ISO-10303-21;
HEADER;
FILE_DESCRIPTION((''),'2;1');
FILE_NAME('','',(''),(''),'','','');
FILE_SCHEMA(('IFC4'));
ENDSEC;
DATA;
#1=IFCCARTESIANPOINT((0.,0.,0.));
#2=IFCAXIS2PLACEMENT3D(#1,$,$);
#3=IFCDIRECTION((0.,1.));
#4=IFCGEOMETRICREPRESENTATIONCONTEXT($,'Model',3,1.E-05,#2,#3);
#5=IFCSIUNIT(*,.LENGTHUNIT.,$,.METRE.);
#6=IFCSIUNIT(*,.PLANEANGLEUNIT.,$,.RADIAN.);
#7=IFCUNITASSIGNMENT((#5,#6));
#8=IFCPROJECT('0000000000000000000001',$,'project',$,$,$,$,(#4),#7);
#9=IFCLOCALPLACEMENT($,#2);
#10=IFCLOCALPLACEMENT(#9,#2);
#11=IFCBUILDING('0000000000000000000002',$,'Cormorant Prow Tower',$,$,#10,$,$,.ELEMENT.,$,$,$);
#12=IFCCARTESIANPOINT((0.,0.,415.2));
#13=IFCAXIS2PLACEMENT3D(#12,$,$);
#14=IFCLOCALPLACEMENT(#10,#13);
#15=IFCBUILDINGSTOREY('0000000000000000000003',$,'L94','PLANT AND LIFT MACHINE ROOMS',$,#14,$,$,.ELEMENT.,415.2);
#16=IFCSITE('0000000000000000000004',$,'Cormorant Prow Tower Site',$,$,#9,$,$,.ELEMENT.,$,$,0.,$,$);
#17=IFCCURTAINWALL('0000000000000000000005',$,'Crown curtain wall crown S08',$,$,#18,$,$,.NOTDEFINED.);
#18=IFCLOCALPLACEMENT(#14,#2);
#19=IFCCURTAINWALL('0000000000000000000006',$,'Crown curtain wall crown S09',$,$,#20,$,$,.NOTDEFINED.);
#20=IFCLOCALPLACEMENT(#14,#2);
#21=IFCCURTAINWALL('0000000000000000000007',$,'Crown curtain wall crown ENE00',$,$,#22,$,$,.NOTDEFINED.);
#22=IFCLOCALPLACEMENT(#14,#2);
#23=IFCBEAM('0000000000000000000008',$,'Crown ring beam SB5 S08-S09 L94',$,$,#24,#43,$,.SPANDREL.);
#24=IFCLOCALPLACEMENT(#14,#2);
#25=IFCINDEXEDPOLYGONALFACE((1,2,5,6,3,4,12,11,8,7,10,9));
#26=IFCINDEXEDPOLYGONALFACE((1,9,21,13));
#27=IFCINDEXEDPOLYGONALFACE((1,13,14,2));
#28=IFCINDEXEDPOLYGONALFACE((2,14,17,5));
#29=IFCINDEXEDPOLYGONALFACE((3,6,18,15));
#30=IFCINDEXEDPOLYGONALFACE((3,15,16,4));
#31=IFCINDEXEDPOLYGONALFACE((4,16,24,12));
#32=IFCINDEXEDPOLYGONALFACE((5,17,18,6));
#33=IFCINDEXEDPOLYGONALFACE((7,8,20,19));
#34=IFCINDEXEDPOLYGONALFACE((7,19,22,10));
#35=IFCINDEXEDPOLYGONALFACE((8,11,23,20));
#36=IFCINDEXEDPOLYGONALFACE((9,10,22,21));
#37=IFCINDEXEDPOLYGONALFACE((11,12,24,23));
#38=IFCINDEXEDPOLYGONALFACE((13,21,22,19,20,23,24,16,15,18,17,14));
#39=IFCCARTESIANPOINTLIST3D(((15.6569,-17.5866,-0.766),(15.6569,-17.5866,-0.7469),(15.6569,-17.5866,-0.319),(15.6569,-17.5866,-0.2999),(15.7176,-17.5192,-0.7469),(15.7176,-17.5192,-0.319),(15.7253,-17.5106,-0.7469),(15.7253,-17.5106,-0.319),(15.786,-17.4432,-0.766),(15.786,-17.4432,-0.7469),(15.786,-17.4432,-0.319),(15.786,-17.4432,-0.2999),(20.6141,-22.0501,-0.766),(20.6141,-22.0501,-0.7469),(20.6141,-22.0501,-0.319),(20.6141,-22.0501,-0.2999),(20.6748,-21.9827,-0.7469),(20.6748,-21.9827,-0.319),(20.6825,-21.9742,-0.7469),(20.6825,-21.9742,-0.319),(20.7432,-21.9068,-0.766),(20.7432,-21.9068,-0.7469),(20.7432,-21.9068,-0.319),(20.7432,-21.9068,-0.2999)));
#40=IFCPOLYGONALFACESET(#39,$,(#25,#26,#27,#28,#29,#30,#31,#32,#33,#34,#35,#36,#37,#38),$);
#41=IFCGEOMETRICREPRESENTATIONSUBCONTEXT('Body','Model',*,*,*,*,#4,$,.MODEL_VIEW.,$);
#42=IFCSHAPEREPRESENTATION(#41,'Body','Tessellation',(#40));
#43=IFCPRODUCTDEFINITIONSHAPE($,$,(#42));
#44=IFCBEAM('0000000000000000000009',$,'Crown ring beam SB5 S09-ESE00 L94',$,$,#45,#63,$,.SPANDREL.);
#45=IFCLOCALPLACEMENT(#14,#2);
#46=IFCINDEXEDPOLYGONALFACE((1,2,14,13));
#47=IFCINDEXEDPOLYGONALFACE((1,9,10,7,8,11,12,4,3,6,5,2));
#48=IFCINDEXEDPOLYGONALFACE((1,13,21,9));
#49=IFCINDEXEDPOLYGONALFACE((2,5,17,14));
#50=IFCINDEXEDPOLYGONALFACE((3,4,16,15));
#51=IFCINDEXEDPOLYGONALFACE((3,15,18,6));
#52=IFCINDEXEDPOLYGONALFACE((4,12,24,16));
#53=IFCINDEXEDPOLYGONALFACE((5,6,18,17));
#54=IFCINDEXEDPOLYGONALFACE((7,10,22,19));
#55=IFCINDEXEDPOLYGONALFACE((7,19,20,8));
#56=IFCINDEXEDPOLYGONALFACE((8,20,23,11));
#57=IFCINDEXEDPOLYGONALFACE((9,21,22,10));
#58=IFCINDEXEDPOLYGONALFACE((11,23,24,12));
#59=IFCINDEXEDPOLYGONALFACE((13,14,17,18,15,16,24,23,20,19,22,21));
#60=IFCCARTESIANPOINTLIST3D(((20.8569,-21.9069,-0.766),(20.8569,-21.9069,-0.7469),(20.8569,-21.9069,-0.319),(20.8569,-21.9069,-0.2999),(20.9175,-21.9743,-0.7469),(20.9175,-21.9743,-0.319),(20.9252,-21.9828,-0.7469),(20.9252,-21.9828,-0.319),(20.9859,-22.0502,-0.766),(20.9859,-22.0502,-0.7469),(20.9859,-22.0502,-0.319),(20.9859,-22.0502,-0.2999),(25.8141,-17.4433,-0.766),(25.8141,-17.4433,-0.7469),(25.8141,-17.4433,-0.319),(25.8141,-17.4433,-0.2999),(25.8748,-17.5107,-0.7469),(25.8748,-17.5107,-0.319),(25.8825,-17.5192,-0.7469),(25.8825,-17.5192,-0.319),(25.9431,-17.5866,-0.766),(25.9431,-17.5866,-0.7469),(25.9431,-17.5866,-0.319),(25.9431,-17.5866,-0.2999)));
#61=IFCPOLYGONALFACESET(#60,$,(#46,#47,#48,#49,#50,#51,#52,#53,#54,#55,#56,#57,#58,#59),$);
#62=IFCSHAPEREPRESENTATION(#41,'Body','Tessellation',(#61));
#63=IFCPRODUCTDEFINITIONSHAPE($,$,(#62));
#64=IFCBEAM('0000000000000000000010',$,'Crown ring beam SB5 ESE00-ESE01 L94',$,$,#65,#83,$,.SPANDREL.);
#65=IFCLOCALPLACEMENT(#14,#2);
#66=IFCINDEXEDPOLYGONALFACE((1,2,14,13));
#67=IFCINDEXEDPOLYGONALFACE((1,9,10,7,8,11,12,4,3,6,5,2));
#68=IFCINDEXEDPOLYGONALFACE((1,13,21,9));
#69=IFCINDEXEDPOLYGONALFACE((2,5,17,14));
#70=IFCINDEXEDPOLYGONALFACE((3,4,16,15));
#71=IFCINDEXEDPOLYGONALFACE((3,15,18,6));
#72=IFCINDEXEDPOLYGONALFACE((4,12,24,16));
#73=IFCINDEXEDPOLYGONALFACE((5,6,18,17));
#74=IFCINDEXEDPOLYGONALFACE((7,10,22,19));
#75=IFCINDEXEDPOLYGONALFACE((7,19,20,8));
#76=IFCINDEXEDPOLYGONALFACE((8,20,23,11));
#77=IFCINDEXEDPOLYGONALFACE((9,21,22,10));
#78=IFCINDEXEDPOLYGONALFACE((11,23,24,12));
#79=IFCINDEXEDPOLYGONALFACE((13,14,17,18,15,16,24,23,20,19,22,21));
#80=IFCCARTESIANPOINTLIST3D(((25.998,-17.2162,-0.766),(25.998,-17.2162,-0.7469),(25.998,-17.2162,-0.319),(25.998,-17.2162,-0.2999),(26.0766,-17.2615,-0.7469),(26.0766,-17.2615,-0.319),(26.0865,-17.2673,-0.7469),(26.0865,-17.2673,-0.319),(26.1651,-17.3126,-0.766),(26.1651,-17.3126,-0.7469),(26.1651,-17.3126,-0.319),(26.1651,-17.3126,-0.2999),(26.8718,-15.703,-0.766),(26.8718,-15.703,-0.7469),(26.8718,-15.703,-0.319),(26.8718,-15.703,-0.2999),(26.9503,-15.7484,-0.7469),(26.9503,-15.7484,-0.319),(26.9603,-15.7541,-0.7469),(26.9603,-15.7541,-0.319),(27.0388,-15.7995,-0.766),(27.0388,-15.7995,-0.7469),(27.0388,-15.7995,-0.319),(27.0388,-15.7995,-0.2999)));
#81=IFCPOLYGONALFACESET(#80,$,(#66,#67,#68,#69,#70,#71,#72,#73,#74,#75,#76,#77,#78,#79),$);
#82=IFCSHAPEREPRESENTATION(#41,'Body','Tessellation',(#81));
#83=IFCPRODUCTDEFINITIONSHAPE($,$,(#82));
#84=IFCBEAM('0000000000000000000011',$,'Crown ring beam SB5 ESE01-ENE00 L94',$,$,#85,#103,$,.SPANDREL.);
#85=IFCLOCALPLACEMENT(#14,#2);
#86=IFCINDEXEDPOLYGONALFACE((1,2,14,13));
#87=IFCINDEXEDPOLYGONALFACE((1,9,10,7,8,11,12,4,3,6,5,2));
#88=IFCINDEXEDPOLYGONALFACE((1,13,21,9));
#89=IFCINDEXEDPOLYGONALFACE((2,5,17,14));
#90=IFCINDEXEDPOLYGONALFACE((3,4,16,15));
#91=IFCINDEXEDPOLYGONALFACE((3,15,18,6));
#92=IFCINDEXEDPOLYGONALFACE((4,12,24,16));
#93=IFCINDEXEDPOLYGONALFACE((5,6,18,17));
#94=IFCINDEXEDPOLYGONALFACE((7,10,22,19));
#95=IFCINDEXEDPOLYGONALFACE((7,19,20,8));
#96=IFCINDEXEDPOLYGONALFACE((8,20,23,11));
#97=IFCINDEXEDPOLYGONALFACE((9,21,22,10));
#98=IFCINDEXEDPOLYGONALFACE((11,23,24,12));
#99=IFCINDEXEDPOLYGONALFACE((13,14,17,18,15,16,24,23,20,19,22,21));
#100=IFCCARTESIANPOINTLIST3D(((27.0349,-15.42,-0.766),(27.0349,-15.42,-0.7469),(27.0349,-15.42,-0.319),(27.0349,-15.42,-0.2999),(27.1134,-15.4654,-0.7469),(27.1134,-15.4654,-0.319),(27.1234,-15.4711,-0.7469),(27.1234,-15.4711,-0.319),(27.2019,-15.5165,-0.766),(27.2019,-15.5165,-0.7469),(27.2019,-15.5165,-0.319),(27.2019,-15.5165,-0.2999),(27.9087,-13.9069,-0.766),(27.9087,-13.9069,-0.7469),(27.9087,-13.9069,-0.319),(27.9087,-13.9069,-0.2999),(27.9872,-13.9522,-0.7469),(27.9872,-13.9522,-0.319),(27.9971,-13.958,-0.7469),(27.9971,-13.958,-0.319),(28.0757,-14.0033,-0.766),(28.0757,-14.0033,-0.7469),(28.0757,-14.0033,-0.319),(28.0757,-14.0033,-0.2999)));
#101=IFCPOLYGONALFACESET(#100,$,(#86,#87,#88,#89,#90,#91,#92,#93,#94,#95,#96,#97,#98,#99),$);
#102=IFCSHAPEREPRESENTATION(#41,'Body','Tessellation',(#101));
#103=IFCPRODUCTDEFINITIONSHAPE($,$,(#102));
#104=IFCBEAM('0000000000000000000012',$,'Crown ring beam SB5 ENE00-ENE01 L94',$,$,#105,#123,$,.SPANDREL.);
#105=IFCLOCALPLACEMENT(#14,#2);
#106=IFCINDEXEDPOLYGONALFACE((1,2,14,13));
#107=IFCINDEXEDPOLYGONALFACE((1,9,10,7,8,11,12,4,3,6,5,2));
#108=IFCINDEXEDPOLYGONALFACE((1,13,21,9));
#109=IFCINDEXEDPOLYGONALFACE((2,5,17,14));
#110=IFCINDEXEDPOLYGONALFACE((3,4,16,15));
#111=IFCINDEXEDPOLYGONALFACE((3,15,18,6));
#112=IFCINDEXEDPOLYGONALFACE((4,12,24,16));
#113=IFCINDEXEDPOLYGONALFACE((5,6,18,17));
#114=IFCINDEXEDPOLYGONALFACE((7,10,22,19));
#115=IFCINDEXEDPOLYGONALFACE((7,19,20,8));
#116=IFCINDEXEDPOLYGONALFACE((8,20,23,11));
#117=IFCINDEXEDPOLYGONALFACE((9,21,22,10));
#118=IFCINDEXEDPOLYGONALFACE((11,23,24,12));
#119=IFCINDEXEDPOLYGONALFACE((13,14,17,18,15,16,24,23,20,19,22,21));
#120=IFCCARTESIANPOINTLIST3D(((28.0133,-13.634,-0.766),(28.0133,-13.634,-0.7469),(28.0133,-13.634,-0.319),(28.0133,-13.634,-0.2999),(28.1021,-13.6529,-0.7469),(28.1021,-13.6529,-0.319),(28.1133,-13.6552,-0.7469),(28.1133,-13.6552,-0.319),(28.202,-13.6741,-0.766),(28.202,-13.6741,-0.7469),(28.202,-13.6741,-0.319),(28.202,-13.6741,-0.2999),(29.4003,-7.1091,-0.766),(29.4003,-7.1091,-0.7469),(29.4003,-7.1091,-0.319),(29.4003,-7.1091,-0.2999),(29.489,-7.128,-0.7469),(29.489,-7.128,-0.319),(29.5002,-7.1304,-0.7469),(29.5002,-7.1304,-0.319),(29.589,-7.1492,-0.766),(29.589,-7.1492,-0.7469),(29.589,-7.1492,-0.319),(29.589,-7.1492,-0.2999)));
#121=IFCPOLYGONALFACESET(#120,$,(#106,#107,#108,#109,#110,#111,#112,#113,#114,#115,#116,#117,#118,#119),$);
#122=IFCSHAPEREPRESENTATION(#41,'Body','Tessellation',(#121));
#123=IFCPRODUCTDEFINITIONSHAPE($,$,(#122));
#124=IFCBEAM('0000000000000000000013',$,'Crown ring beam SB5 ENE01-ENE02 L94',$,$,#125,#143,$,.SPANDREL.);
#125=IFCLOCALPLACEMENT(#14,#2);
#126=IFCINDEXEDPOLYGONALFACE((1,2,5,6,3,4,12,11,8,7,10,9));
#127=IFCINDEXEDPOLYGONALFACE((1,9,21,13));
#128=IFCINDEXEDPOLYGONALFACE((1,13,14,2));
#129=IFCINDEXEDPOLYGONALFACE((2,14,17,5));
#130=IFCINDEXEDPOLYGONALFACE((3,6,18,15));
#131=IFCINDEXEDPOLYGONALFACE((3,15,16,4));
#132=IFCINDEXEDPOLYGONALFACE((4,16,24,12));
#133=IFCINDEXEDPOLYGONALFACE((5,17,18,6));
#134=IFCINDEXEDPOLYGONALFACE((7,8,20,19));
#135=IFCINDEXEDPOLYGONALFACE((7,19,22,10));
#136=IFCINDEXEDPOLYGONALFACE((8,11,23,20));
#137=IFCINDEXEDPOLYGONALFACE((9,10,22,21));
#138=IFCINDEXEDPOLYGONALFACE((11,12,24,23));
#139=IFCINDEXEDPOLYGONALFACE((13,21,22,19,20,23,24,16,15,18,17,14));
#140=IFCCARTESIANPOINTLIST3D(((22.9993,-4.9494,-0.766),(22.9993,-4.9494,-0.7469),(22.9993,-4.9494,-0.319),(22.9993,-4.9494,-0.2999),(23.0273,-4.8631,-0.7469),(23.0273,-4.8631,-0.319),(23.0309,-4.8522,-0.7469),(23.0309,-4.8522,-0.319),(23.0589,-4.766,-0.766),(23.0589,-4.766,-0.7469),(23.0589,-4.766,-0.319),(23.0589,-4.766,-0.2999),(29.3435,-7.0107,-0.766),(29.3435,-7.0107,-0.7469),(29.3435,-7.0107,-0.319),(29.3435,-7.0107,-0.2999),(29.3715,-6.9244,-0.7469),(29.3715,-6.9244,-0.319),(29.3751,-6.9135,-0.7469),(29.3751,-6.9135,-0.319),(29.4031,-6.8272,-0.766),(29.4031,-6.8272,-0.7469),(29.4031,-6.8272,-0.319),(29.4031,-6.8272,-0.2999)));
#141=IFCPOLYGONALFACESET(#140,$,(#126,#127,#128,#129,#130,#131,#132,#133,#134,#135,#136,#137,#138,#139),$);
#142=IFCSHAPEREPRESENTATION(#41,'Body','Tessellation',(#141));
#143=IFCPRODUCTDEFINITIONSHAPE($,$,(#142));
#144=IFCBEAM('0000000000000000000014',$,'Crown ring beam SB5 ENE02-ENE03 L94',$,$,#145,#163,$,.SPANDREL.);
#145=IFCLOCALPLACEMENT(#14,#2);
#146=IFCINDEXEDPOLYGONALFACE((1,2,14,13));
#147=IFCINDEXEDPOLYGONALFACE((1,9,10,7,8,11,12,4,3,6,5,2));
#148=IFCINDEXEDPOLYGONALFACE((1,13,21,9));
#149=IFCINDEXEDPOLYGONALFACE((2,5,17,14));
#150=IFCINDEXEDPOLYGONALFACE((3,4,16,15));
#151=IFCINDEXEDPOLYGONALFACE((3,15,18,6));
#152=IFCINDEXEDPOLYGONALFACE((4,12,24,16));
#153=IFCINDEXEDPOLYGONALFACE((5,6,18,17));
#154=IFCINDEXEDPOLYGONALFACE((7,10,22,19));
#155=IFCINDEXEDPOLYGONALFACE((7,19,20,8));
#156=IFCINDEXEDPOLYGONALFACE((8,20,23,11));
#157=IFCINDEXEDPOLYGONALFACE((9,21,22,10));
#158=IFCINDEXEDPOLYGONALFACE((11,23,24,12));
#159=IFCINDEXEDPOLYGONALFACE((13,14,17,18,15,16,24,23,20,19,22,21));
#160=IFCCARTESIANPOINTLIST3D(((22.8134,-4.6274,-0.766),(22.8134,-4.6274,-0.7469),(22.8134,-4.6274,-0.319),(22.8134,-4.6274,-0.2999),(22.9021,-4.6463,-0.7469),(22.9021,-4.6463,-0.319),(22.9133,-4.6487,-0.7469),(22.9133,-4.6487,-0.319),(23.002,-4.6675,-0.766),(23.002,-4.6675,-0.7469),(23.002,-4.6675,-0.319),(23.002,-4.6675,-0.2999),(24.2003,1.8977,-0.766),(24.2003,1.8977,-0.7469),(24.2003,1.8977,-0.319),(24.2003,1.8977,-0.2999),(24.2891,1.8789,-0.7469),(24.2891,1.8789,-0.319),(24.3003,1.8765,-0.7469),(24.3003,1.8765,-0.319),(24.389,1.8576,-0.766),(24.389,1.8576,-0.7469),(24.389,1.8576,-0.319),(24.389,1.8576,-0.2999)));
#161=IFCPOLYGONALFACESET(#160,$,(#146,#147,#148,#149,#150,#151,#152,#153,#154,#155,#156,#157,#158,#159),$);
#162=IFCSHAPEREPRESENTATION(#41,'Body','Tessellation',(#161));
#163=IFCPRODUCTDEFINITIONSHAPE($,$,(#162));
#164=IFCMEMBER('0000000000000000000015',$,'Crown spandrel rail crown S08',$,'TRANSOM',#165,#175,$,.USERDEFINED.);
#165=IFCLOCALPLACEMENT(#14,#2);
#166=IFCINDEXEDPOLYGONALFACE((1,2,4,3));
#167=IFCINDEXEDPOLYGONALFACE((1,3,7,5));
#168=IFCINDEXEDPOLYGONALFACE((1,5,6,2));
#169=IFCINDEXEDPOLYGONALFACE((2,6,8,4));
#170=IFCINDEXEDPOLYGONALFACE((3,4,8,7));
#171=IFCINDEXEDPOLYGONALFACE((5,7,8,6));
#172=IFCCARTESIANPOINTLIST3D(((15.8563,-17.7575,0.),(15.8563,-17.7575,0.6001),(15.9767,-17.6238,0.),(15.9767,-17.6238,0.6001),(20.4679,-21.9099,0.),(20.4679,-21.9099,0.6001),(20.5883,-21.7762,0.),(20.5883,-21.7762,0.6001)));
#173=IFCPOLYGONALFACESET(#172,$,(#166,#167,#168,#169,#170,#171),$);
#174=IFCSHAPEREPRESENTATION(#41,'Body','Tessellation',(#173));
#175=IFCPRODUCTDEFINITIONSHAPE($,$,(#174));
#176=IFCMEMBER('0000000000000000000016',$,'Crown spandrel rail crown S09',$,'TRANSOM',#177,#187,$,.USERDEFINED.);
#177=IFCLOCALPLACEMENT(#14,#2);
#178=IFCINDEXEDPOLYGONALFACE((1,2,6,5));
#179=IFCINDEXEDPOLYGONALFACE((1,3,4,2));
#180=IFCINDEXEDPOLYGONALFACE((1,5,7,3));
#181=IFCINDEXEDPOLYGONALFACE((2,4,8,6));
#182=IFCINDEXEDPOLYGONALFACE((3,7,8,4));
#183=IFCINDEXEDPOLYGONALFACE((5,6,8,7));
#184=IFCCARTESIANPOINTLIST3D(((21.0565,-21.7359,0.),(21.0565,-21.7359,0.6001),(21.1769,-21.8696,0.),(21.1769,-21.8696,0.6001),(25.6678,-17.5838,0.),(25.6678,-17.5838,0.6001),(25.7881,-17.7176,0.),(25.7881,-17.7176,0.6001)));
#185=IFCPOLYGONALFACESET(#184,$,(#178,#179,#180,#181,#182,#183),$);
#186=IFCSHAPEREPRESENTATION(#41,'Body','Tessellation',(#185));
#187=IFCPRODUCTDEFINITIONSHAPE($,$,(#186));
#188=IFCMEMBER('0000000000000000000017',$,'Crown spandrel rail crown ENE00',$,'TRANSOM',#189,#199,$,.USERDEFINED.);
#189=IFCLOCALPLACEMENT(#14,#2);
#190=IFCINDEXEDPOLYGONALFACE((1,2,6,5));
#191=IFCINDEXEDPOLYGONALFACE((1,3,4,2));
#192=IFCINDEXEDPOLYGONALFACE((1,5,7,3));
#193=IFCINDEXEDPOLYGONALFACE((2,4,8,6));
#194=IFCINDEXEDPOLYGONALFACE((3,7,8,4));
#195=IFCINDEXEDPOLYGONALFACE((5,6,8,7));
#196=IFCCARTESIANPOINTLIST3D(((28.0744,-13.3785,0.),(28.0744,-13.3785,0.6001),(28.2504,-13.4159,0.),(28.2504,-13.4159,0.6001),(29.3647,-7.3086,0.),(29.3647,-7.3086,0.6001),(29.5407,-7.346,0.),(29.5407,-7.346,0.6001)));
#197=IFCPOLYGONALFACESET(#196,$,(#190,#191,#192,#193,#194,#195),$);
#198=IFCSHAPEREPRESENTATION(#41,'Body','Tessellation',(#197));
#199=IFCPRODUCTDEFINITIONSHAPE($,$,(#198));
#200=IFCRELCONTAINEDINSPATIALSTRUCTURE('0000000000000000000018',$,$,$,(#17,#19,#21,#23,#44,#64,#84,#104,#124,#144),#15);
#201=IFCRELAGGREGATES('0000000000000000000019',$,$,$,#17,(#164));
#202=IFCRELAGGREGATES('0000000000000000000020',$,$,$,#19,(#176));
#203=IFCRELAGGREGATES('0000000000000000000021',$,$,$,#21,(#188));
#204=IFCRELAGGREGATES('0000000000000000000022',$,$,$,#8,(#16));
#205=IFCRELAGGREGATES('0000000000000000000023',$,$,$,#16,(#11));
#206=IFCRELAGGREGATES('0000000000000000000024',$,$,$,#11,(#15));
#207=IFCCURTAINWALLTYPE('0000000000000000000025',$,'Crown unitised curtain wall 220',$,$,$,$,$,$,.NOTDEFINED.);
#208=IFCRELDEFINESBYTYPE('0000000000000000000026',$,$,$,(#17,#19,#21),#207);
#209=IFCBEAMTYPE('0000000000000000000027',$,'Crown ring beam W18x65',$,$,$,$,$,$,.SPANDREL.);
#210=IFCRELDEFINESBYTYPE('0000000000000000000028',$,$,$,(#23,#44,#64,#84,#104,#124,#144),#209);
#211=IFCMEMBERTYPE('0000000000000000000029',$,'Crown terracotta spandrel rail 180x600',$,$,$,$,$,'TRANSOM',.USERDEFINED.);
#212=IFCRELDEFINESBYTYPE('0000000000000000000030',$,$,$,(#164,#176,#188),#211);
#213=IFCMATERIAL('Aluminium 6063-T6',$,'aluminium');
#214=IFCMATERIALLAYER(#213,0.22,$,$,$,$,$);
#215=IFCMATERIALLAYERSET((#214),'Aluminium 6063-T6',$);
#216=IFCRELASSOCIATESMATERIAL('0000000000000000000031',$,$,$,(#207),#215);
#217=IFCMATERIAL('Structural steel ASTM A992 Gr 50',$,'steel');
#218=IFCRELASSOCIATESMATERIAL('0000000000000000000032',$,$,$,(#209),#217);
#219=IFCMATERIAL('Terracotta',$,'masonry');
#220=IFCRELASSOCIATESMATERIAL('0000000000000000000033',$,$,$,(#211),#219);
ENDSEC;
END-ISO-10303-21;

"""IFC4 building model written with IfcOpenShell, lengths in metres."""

from ifc_helpers import new_model, si_unit, direction, frame, origin, origin_2d, place, context, subcontext, project, spatial, rectangle, i_section, extrude, material, layer, layer_set, material_profile, profile_set, type_object, element, aggregate, save


model = new_model("IFC4")

# Units and contexts
model_context = context("Model", 3, precision=1e-05, world=origin(), true_north=direction((0.0, 1.0)))
body_context = subcontext(model_context, "Body", "Model", "MODEL_VIEW")
ifc_project = project(units=[si_unit("LENGTHUNIT", "METRE"), si_unit("PLANEANGLEUNIT", "RADIAN")], contexts=[model_context])

# Site, building, storey
site_placement = place(None, origin())
site = spatial("IfcSite", under=ifc_project, at=site_placement, Name="Cormorant Prow Tower Site", CompositionType="ELEMENT", RefElevation=0.0)
building_placement = place(site_placement, origin())
building = spatial("IfcBuilding", under=site, at=building_placement, Name="Cormorant Prow Tower", CompositionType="ELEMENT")
storey_placement = place(building_placement, frame((0.0, 0.0, 415.2)))
storey = spatial("IfcBuildingStorey", under=building, at=storey_placement, Name="L94", Description="PLANT AND LIFT MACHINE ROOMS", CompositionType="ELEMENT", Elevation=415.2)

# Curtain walls
ifc_material_1 = material(Name="Aluminium 6063-T6", Category="aluminium")
ifc_layer_1 = layer(ifc_material_1, 0.22)
ifc_layer_set_1 = layer_set([ifc_layer_1], Name="Aluminium 6063-T6")
curtain_wall_type = type_object("IfcCurtainWallType", Name="Crown unitised curtain wall 220", PredefinedType="NOTDEFINED", material=ifc_layer_set_1)
curtain_wall_1_placement = place(storey_placement, origin())
curtain_wall_1 = element("IfcCurtainWall", 1, at=curtain_wall_1_placement, inside=storey, type_object=curtain_wall_type, Name="Crown curtain wall crown S08", PredefinedType="NOTDEFINED")
curtain_wall_2_placement = place(storey_placement, origin())
curtain_wall_2 = element("IfcCurtainWall", 2, at=curtain_wall_2_placement, inside=storey, type_object=curtain_wall_type, Name="Crown curtain wall crown S09", PredefinedType="NOTDEFINED")
curtain_wall_3_placement = place(storey_placement, origin())
curtain_wall_3 = element("IfcCurtainWall", 3, at=curtain_wall_3_placement, inside=storey, type_object=curtain_wall_type, Name="Crown curtain wall crown ENE00", PredefinedType="NOTDEFINED")

# Beams
ifc_material_2 = material(Name="Structural steel ASTM A992 Gr 50", Category="steel")
ifc_material_profile_1 = material_profile(ifc_material_2, i_section(OverallWidth=0.1929, OverallDepth=0.4661, WebThickness=0.0115, FlangeThickness=0.019, at=origin_2d()), Name="W18x65")
ifc_profile_set_1 = profile_set([ifc_material_profile_1], Name="Structural steel ASTM A992 Gr 50")
beam_type = type_object("IfcBeamType", Name="Crown ring beam W18x65", PredefinedType="SPANDREL", material=ifc_profile_set_1)
for number, where, z_axis, x_axis, name in (
    (4, (15.7214, -17.5149, -0.533), (0.743139, -0.669137, 0.0), (0.669137, 0.743139, 0.0), "Crown ring beam SB5 S08-S09 L94"),
    (5, (20.9214, -21.9785, -0.533), (0.743139, 0.669137, 0.0), (-0.669137, 0.743139, 0.0), "Crown ring beam SB5 S09-ESE00 L94"),
):
    element("IfcBeam", number, at=place(storey_placement, frame(where, z_axis=z_axis, x_axis=x_axis)), inside=storey, type_object=beam_type, Name=name, PredefinedType="SPANDREL", context=body_context, shape_type="SweptSolid", body=[
        extrude(i_section(OverallWidth=0.1929, OverallDepth=0.4661, WebThickness=0.0115, FlangeThickness=0.019, at=origin_2d()), origin(), (0.0, 0.0, 1.0), 6.6707),
    ])
for number, where, z_axis, x_axis, name in (
    (6, (26.0815, -17.2644, -0.533), (0.500061, 0.86599, 0.0), (-0.86599, 0.500061, 0.0), "Crown ring beam SB5 ESE00-ESE01 L94"),
    (7, (27.1184, -15.4683, -0.533), (0.500061, 0.86599, 0.0), (-0.86599, 0.500061, 0.0), "Crown ring beam SB5 ESE01-ENE00 L94"),
):
    element("IfcBeam", number, at=place(storey_placement, frame(where, z_axis=z_axis, x_axis=x_axis)), inside=storey, type_object=beam_type, Name=name, PredefinedType="SPANDREL", context=body_context, shape_type="SweptSolid", body=[
        extrude(i_section(OverallWidth=0.1929, OverallDepth=0.4661, WebThickness=0.0115, FlangeThickness=0.019, at=origin_2d()), origin(), (0.0, 0.0, 1.0), 1.7473),
    ])
for number, where, z_axis, x_axis, name in (
    (8, (28.1077, -13.6541, -0.533), (0.207919, 0.978146, 0.0), (-0.978146, 0.207919, 0.0), "Crown ring beam SB5 ENE00-ENE01 L94"),
    (9, (29.3733, -6.9189, -0.533), (-0.95106, 0.309005, 0.0), (-0.309005, -0.95106, 0.0), "Crown ring beam SB5 ENE01-ENE02 L94"),
):
    element("IfcBeam", number, at=place(storey_placement, frame(where, z_axis=z_axis, x_axis=x_axis)), inside=storey, type_object=beam_type, Name=name, PredefinedType="SPANDREL", context=body_context, shape_type="SweptSolid", body=[
        extrude(i_section(OverallWidth=0.1929, OverallDepth=0.4661, WebThickness=0.0115, FlangeThickness=0.019, at=origin_2d()), origin(), (0.0, 0.0, 1.0), 6.6707),
    ])
beam_placement = place(storey_placement, frame((22.9077, -4.6475, -0.533), z_axis=(0.207912, 0.978148, 0.0), x_axis=(-0.978148, 0.207912, 0.0)))
element("IfcBeam", 10, at=beam_placement, inside=storey, type_object=beam_type, Name="Crown ring beam SB5 ENE02-ENE03 L94", PredefinedType="SPANDREL", context=body_context, shape_type="SweptSolid", body=[
    extrude(i_section(OverallWidth=0.1929, OverallDepth=0.4661, WebThickness=0.0115, FlangeThickness=0.019, at=origin_2d()), origin(), (0.0, 0.0, 1.0), 6.6709),
])

# Members
ifc_material_3 = material(Name="Terracotta", Category="masonry")
ifc_material_profile_2 = material_profile(ifc_material_3, rectangle(XDim=0.1799, YDim=0.6001, at=origin_2d()), Name="Crown terracotta spandrel rail 180x600")
ifc_profile_set_2 = profile_set([ifc_material_profile_2], Name="Terracotta")
member_type_1 = type_object("IfcMemberType", Name="Crown terracotta spandrel rail 180x600", ElementType="TRANSOM", PredefinedType="USERDEFINED", material=ifc_profile_set_2)
member_1_placement = place(storey_placement, frame((15.9165, -17.6907, 0.3), z_axis=(0.74314, -0.669136, 0.0), x_axis=(0.669136, 0.74314, 0.0)))
member_1 = element("IfcMember", 11, at=member_1_placement, type_object=member_type_1, Name="Crown spandrel rail crown S08", ObjectType="TRANSOM", PredefinedType="USERDEFINED", context=body_context, shape_type="SweptSolid", body=[
    extrude(rectangle(XDim=0.1799, YDim=0.6001, at=origin_2d()), origin(), (0.0, 0.0, 1.0), 6.2056),
])
member_2_placement = place(storey_placement, frame((21.1167, -21.8027, 0.3), z_axis=(0.743142, 0.669134, 0.0), x_axis=(-0.669134, 0.743142, 0.0)))
member_2 = element("IfcMember", 12, at=member_2_placement, type_object=member_type_1, Name="Crown spandrel rail crown S09", ObjectType="TRANSOM", PredefinedType="USERDEFINED", context=body_context, shape_type="SweptSolid", body=[
    extrude(rectangle(XDim=0.1799, YDim=0.6001, at=origin_2d()), origin(), (0.0, 0.0, 1.0), 6.2051),
])
member_3_placement = place(storey_placement, frame((28.1624, -13.3972, 0.3), z_axis=(0.207927, 0.978144, 0.0), x_axis=(-0.978144, 0.207927, 0.0)))
member_3 = element("IfcMember", 13, at=member_3_placement, type_object=member_type_1, Name="Crown spandrel rail crown ENE00", ObjectType="TRANSOM", PredefinedType="USERDEFINED", context=body_context, shape_type="SweptSolid", body=[
    extrude(rectangle(XDim=0.1799, YDim=0.6001, at=origin_2d()), origin(), (0.0, 0.0, 1.0), 6.2056),
])

aggregate(curtain_wall_1, [member_1])
aggregate(curtain_wall_2, [member_2])
aggregate(curtain_wall_3, [member_3])

save(model, "model.ifc")
